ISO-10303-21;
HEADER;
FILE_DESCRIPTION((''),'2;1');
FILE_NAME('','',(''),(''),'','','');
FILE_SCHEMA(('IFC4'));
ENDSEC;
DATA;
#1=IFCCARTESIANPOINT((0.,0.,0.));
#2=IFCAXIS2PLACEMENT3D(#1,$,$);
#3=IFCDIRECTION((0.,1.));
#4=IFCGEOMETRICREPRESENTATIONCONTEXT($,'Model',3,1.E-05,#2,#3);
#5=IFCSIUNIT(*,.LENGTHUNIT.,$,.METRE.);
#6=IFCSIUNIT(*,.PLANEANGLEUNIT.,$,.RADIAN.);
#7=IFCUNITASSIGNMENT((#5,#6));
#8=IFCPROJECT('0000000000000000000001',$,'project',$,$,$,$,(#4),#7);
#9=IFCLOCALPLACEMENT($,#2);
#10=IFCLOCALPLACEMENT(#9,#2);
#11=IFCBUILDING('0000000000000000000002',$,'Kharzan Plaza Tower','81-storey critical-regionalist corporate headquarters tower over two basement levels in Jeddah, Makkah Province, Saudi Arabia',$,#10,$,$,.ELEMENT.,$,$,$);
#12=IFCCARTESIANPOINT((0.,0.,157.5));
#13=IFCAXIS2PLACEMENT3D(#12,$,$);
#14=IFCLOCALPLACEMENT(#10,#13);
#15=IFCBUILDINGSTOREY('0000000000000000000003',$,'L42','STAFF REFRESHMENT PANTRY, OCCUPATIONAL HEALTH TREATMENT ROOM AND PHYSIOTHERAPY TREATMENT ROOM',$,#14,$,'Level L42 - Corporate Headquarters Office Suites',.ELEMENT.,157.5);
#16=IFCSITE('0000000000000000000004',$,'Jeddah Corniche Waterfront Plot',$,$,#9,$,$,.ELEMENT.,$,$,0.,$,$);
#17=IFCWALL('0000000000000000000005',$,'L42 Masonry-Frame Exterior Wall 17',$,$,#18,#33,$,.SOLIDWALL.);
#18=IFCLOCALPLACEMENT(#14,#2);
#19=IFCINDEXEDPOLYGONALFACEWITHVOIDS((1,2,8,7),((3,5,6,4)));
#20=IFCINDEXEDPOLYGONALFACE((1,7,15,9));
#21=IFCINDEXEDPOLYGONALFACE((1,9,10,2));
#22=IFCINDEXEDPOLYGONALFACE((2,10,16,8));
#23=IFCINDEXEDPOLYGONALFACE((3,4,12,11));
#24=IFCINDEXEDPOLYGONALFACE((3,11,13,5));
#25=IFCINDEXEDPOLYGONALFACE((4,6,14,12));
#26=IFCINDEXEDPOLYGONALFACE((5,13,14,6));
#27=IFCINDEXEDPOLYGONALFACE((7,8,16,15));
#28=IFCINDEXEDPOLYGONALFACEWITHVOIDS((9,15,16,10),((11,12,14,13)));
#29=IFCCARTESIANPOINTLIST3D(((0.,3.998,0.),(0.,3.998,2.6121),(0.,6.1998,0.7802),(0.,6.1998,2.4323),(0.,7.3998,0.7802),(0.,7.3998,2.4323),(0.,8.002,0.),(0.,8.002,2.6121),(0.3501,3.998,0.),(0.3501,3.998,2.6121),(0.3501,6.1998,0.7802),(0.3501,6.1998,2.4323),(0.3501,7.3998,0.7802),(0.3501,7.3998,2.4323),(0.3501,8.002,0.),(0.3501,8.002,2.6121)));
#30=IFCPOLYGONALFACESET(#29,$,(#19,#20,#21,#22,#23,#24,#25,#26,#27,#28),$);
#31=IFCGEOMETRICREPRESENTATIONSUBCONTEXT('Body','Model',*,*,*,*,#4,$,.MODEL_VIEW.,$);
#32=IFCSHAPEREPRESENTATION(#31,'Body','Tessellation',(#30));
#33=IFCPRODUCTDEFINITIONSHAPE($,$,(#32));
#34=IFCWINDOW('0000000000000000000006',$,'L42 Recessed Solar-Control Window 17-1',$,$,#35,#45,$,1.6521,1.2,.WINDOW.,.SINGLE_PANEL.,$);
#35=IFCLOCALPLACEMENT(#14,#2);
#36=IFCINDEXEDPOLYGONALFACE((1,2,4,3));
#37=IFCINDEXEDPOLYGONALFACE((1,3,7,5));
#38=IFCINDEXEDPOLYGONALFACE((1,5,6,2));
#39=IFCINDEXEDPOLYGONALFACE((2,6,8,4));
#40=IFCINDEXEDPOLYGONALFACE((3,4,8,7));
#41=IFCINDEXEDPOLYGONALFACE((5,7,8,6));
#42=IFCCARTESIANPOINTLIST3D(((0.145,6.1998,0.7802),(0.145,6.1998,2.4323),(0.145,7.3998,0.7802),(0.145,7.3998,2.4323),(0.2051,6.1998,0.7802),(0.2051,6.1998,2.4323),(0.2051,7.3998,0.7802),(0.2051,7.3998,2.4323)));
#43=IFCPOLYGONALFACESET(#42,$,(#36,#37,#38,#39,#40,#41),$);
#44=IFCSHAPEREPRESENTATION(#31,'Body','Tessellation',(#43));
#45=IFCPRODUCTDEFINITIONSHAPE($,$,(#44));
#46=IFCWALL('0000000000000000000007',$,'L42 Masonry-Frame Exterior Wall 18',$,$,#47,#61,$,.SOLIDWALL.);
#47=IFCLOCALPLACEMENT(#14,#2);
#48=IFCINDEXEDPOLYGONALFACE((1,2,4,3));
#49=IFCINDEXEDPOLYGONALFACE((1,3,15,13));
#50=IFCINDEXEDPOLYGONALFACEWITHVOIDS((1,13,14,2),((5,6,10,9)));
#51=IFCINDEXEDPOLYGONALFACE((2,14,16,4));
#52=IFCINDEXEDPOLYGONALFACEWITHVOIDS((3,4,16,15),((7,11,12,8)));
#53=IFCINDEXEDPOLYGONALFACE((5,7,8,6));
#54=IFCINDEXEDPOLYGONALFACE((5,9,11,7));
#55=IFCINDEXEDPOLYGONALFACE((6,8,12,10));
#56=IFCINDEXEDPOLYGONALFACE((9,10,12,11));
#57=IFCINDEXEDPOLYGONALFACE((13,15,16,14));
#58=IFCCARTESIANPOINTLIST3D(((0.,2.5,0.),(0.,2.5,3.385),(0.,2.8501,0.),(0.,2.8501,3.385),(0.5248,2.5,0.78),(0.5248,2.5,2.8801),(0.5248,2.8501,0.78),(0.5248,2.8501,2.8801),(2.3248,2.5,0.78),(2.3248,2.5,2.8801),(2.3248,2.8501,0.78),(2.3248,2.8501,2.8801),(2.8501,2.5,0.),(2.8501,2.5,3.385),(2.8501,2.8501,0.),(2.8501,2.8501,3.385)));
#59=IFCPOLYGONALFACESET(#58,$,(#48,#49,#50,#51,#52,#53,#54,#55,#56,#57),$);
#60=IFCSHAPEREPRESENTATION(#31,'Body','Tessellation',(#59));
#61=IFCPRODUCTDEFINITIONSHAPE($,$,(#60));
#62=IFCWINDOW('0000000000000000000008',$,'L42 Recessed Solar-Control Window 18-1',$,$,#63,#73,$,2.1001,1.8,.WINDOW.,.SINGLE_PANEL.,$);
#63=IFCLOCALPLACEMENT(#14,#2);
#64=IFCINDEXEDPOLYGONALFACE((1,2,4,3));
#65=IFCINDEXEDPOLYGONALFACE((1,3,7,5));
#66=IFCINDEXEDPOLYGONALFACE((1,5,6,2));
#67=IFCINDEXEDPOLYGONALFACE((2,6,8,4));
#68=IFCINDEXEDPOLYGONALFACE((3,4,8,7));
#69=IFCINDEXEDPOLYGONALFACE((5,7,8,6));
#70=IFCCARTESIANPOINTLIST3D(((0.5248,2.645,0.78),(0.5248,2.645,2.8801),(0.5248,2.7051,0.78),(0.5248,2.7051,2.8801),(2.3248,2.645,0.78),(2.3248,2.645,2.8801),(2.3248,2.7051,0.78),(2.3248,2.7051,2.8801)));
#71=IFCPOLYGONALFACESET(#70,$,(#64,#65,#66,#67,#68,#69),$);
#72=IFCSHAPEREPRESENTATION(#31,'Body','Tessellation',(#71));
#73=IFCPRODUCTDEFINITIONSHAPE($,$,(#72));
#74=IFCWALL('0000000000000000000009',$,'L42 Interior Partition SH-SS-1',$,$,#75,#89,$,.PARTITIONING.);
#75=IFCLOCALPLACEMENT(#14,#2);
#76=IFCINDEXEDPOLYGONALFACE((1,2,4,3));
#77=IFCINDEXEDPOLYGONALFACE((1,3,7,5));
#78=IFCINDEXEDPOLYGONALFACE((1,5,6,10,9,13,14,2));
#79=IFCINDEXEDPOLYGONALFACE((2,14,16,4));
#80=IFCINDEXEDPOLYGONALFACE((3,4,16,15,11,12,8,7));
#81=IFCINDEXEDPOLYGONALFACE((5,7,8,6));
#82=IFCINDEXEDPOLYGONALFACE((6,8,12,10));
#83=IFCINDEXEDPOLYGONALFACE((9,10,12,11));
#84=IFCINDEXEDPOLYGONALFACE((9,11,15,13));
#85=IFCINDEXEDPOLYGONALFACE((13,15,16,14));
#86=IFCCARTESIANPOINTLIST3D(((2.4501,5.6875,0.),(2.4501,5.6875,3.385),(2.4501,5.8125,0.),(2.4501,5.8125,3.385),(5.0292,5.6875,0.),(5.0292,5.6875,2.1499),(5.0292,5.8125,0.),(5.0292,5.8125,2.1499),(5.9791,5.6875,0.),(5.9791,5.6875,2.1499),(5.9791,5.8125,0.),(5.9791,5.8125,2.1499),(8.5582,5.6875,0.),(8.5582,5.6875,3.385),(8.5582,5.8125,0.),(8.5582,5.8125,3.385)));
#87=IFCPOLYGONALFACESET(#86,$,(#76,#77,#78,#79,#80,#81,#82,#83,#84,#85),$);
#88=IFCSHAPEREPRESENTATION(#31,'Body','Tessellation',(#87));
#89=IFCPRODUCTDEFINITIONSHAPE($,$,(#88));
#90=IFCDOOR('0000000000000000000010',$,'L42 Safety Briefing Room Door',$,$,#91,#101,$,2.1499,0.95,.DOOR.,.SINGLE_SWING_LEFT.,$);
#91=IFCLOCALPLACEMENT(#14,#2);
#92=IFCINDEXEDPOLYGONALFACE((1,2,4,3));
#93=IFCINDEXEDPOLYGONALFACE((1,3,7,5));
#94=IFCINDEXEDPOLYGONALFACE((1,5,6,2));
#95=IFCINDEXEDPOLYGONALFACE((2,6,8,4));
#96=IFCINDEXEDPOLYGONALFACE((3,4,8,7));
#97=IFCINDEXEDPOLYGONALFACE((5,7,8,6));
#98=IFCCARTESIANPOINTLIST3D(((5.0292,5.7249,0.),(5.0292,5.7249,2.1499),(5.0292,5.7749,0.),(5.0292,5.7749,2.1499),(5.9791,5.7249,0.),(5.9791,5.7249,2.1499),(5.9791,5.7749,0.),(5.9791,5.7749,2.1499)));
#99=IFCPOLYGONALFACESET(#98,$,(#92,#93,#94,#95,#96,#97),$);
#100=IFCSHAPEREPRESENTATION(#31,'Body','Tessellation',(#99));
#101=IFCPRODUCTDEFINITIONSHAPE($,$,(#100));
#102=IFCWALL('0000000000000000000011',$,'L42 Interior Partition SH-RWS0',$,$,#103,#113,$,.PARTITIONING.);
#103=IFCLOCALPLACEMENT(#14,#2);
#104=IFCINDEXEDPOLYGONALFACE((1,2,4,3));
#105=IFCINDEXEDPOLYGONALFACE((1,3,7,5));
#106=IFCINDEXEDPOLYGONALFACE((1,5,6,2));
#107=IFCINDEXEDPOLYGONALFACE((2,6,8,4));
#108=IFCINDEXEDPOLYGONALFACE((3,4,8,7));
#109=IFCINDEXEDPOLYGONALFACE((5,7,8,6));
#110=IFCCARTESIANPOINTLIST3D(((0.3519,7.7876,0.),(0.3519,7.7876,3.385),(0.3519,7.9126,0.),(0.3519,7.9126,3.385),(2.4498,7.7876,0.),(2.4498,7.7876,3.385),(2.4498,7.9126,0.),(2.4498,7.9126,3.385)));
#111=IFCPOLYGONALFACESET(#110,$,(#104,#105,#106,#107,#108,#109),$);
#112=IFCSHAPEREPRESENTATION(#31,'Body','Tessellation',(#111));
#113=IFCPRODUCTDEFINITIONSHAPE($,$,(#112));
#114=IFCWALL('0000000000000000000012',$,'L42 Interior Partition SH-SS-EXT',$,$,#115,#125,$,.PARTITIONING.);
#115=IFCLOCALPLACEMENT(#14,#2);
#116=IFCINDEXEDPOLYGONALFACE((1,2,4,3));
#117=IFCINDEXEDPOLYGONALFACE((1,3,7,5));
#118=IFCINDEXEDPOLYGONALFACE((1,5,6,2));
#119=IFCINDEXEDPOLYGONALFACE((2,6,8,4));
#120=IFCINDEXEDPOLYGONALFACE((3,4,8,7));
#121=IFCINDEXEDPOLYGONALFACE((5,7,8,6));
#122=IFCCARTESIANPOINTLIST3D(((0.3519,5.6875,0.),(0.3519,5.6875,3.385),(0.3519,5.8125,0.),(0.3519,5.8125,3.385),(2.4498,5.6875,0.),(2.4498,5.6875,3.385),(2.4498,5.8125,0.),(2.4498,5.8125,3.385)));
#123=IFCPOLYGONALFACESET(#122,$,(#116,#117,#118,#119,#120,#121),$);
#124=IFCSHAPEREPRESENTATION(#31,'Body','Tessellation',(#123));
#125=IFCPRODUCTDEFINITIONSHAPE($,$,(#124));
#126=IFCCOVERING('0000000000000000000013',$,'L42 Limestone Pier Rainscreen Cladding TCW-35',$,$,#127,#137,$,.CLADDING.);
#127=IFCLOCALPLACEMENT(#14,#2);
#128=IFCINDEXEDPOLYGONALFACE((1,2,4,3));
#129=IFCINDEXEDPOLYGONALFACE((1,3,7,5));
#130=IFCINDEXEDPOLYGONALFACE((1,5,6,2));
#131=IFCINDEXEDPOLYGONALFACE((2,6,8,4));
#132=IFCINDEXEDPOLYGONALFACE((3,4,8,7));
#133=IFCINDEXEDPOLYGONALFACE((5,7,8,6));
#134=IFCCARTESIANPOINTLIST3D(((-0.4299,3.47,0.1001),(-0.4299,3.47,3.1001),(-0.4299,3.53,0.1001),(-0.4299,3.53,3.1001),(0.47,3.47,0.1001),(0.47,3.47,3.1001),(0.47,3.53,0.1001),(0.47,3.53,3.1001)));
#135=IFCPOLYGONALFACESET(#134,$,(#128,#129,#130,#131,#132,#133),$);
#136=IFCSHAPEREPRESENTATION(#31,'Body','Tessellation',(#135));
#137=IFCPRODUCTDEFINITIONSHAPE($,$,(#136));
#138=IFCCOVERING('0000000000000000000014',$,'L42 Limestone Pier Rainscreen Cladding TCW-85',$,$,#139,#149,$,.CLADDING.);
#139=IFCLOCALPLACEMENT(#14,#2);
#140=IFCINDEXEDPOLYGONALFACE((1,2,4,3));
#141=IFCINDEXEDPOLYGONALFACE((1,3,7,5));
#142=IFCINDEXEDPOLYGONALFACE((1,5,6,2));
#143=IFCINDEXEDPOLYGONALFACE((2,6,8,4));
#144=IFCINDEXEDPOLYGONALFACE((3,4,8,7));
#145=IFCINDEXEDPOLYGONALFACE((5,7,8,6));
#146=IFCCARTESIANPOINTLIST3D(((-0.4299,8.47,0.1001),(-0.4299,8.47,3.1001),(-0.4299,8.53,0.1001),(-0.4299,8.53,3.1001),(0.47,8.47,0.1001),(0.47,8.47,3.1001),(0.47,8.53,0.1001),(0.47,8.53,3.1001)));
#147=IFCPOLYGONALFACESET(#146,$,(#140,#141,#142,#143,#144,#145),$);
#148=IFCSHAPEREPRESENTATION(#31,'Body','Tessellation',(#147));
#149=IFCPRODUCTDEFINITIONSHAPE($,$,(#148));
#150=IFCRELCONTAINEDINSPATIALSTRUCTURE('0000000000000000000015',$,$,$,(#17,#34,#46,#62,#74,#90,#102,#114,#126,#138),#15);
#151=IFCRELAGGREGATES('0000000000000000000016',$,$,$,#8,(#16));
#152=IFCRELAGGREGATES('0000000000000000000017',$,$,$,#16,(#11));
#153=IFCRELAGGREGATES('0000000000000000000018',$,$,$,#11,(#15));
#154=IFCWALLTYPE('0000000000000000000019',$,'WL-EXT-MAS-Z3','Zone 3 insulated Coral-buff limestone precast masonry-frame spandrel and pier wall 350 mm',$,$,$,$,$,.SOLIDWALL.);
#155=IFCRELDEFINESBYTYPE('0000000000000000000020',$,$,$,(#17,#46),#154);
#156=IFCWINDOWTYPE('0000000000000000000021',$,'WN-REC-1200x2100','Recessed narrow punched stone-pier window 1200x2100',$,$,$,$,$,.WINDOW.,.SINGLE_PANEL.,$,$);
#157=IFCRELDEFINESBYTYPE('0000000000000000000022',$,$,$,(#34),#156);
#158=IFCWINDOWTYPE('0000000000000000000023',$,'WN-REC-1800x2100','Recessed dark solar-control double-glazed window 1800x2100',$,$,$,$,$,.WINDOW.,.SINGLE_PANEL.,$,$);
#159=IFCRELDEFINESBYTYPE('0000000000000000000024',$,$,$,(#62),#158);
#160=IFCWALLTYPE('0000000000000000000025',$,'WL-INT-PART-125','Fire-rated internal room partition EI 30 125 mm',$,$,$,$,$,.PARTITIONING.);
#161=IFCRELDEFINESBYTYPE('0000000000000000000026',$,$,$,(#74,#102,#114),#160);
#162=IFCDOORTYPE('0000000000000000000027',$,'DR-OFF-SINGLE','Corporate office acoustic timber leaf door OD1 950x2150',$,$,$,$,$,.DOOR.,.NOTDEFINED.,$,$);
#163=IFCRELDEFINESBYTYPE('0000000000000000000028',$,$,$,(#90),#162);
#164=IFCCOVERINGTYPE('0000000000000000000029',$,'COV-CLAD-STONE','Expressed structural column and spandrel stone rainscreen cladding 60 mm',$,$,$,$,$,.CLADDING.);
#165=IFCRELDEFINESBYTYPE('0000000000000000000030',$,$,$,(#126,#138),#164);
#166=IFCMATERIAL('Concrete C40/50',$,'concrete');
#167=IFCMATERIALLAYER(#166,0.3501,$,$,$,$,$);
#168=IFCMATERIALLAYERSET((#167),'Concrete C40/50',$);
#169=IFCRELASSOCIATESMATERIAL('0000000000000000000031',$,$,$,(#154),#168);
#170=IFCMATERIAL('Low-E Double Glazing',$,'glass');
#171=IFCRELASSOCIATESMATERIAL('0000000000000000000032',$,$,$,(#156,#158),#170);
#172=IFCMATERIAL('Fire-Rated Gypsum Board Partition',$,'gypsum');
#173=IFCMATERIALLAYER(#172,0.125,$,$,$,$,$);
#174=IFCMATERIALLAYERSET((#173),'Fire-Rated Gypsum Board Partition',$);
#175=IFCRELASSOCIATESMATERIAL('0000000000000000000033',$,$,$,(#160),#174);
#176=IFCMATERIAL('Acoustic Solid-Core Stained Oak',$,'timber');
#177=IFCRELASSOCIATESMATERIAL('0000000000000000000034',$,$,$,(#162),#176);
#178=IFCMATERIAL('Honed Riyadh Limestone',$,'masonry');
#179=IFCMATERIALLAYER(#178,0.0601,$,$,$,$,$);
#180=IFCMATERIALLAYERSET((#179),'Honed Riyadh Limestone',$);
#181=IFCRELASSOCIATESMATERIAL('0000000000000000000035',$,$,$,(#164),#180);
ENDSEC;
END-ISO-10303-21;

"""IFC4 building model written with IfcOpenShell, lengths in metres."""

from ifc_helpers import new_model, si_unit, direction, frame, frame_2d, origin, origin_2d, place, context, subcontext, project, spatial, rectangle, extrude, source, transform, mapped, material, layer, layer_set, type_object, element, fill, save


model = new_model("IFC4")

# Units and contexts
model_context = context("Model", 3, precision=1e-05, world=origin(), true_north=direction((0.0, 1.0)))
body_context = subcontext(model_context, "Body", "Model", "MODEL_VIEW")
ifc_project = project(units=[si_unit("LENGTHUNIT", "METRE"), si_unit("PLANEANGLEUNIT", "RADIAN")], contexts=[model_context])

# Site, building, storey
site_placement = place(None, origin())
site = spatial("IfcSite", under=ifc_project, at=site_placement, Name="Jeddah Corniche Waterfront Plot", CompositionType="ELEMENT", RefElevation=0.0)
building_placement = place(site_placement, origin())
building = spatial("IfcBuilding", under=site, at=building_placement, Name="Kharzan Plaza Tower", Description="81-storey critical-regionalist corporate headquarters tower over two basement levels in Jeddah, Makkah Province, Saudi Arabia", CompositionType="ELEMENT")
storey_placement = place(building_placement, frame((0.0, 0.0, 157.5)))
storey = spatial("IfcBuildingStorey", under=building, at=storey_placement, Name="L42", Description="STAFF REFRESHMENT PANTRY, OCCUPATIONAL HEALTH TREATMENT ROOM AND PHYSIOTHERAPY TREATMENT ROOM", LongName="Level L42 - Corporate Headquarters Office Suites", CompositionType="ELEMENT", Elevation=157.5)

# Shared definitions
ifc_material_1 = material(Name="Concrete C40/50", Category="concrete")

# Walls, openings, windows
ifc_layer_1 = layer(ifc_material_1, 0.3501)
ifc_layer_set_1 = layer_set([ifc_layer_1], Name="Concrete C40/50")
wall_type_1 = type_object("IfcWallType", Name="WL-EXT-MAS-Z3", Description="Zone 3 insulated Coral-buff limestone precast masonry-frame spandrel and pier wall 350 mm", PredefinedType="SOLIDWALL", material=ifc_layer_set_1)
wall_1_placement = place(storey_placement, frame((0.175, 8.002, 0.0), z_axis=(0.0, 0.0, 1.0), x_axis=(0.0, -1.0, 0.0)))
wall_1 = element("IfcWall", 1, at=wall_1_placement, inside=storey, type_object=wall_type_1, Name="L42 Masonry-Frame Exterior Wall 17", PredefinedType="SOLIDWALL", context=body_context, shape_type="SweptSolid", body=[
    extrude(rectangle(XDim=4.0039, YDim=0.3501, at=frame_2d((2.002, 0.0))), origin(), (0.0, 0.0, 1.0), 2.6121),
])
opening_1_placement = place(wall_1_placement, frame((0.6021, 0.0, 0.78)))
opening_1 = element("IfcOpeningElement", 2, at=opening_1_placement, cuts=wall_1, PredefinedType="OPENING", context=body_context, shape_type="SweptSolid", body=[
    extrude(rectangle(XDim=1.2, YDim=1.6521, at=frame_2d((0.6001, 0.8262))), frame((0.0, 0.1851, 0.0), z_axis=(0.0, -1.0, 0.0), x_axis=(1.0, 0.0, 0.0)), (0.0, 0.0, 1.0), 0.3701),
])
ifc_material_2 = material(Name="Low-E Double Glazing", Category="glass")
window_type_1 = type_object("IfcWindowType", Name="WN-REC-1200x2100", Description="Recessed narrow punched stone-pier window 1200x2100", PartitioningType="SINGLE_PANEL", PredefinedType="WINDOW", material=ifc_material_2)
shared_shape_1 = source(origin(), body_context, "Body", "SweptSolid", [
    extrude(rectangle(XDim=1.2, YDim=1.6521, at=frame_2d((0.6001, 0.8262))), frame((0.0, 0.03, 0.0), z_axis=(0.0, -1.0, 0.0), x_axis=(1.0, 0.0, 0.0)), (0.0, 0.0, 1.0), 0.0601),
])
window_1_placement = place(opening_1_placement, origin())
window_1 = element("IfcWindow", 3, at=window_1_placement, inside=storey, type_object=window_type_1, Name="L42 Recessed Solar-Control Window 17-1", OverallHeight=1.6521, OverallWidth=1.2, PartitioningType="SINGLE_PANEL", PredefinedType="WINDOW", context=body_context, shape_type="MappedRepresentation", body=[
    mapped(shared_shape_1, transform((0.0, 0.0, 0.0), x_axis=(1.0, 0.0, 0.0), y_axis=(0.0, 1.0, 0.0), z_axis=(0.0, 0.0, 1.0))),
])
fill(opening_1, window_1)
wall_2_placement = place(storey_placement, frame((0.0, 2.675, 0.0), z_axis=(0.0, 0.0, 1.0), x_axis=(1.0, 0.0, 0.0)))
wall_2 = element("IfcWall", 4, at=wall_2_placement, inside=storey, type_object=wall_type_1, Name="L42 Masonry-Frame Exterior Wall 18", PredefinedType="SOLIDWALL", context=body_context, shape_type="SweptSolid", body=[
    extrude(rectangle(XDim=2.8501, YDim=0.3501, at=frame_2d((1.425, 0.0))), origin(), (0.0, 0.0, 1.0), 3.385),
])
opening_2_placement = place(wall_2_placement, frame((0.5249, 0.0, 0.78)))
opening_2 = element("IfcOpeningElement", 5, at=opening_2_placement, cuts=wall_2, PredefinedType="OPENING", context=body_context, shape_type="SweptSolid", body=[
    extrude(rectangle(XDim=1.8, YDim=2.1001, at=frame_2d((0.8999, 1.05))), frame((0.0, 0.1851, 0.0), z_axis=(0.0, -1.0, 0.0), x_axis=(1.0, 0.0, 0.0)), (0.0, 0.0, 1.0), 0.3701),
])
window_type_2 = type_object("IfcWindowType", Name="WN-REC-1800x2100", Description="Recessed dark solar-control double-glazed window 1800x2100", PartitioningType="SINGLE_PANEL", PredefinedType="WINDOW", material=ifc_material_2)
shared_shape_2 = source(origin(), body_context, "Body", "SweptSolid", [
    extrude(rectangle(XDim=1.8, YDim=2.1001, at=frame_2d((0.8999, 1.05))), frame((0.0, 0.03, 0.0), z_axis=(0.0, -1.0, 0.0), x_axis=(1.0, 0.0, 0.0)), (0.0, 0.0, 1.0), 0.0601),
])
window_2_placement = place(opening_2_placement, origin())
window_2 = element("IfcWindow", 6, at=window_2_placement, inside=storey, type_object=window_type_2, Name="L42 Recessed Solar-Control Window 18-1", OverallHeight=2.1001, OverallWidth=1.8, PartitioningType="SINGLE_PANEL", PredefinedType="WINDOW", context=body_context, shape_type="MappedRepresentation", body=[
    mapped(shared_shape_2, transform((0.0, 0.0, 0.0), x_axis=(1.0, 0.0, 0.0), y_axis=(0.0, 1.0, 0.0), z_axis=(0.0, 0.0, 1.0))),
])
fill(opening_2, window_2)

# Wall, opening, door
ifc_material_3 = material(Name="Fire-Rated Gypsum Board Partition", Category="gypsum")
ifc_layer_2 = layer(ifc_material_3, 0.125)
ifc_layer_set_2 = layer_set([ifc_layer_2], Name="Fire-Rated Gypsum Board Partition")
wall_type_2 = type_object("IfcWallType", Name="WL-INT-PART-125", Description="Fire-rated internal room partition EI 30 125 mm", PredefinedType="PARTITIONING", material=ifc_layer_set_2)
wall_3_placement = place(storey_placement, frame((2.45, 5.75, 0.0), z_axis=(0.0, 0.0, 1.0), x_axis=(1.0, 0.0, 0.0)))
wall_3 = element("IfcWall", 7, at=wall_3_placement, inside=storey, type_object=wall_type_2, Name="L42 Interior Partition SH-SS-1", PredefinedType="PARTITIONING", context=body_context, shape_type="SweptSolid", body=[
    extrude(rectangle(XDim=6.1082, YDim=0.125, at=frame_2d((3.0542, 0.0))), origin(), (0.0, 0.0, 1.0), 3.385),
])
opening_3_placement = place(wall_3_placement, frame((2.5791, 0.0, 0.0)))
opening_3 = element("IfcOpeningElement", 8, at=opening_3_placement, cuts=wall_3, PredefinedType="OPENING", context=body_context, shape_type="SweptSolid", body=[
    extrude(rectangle(XDim=0.95, YDim=2.1499, at=frame_2d((0.4751, 1.075))), frame((0.0, 0.0725, 0.0), z_axis=(0.0, -1.0, 0.0), x_axis=(1.0, 0.0, 0.0)), (0.0, 0.0, 1.0), 0.145),
])
ifc_material_4 = material(Name="Acoustic Solid-Core Stained Oak", Category="timber")
door_type = type_object("IfcDoorType", Name="DR-OFF-SINGLE", Description="Corporate office acoustic timber leaf door OD1 950x2150", OperationType="NOTDEFINED", PredefinedType="DOOR", material=ifc_material_4)
shared_shape_3 = source(origin(), body_context, "Body", "SweptSolid", [
    extrude(rectangle(XDim=0.95, YDim=2.1499, at=frame_2d((0.4751, 1.075))), frame((0.0, 0.0249, 0.0), z_axis=(0.0, -1.0, 0.0), x_axis=(1.0, 0.0, 0.0)), (0.0, 0.0, 1.0), 0.05),
])
door_placement = place(opening_3_placement, origin())
door = element("IfcDoor", 9, at=door_placement, inside=storey, type_object=door_type, Name="L42 Safety Briefing Room Door", OperationType="SINGLE_SWING_LEFT", OverallHeight=2.1499, OverallWidth=0.95, PredefinedType="DOOR", context=body_context, shape_type="MappedRepresentation", body=[
    mapped(shared_shape_3, transform((0.0, 0.0, 0.0), x_axis=(1.0, 0.0, 0.0), y_axis=(0.0, 1.0, 0.0), z_axis=(0.0, 0.0, 1.0))),
])
fill(opening_3, door)

# Walls
shared_shape_4 = source(origin(), body_context, "Body", "SweptSolid", [
    extrude(rectangle(XDim=2.0979, YDim=0.125, at=frame_2d((1.0488, 0.0))), origin(), (0.0, 0.0, 1.0), 3.385),
])
for number, where, z_axis, x_axis, name in (
    (10, (0.3521, 7.8501, 0.0), (0.0, 0.0, 1.0), (1.0, 0.0, 0.0), "L42 Interior Partition SH-RWS0"),
    (11, (0.3521, 5.75, 0.0), (0.0, 0.0, 1.0), (1.0, 0.0, 0.0), "L42 Interior Partition SH-SS-EXT"),
):
    element("IfcWall", number, at=place(storey_placement, frame(where, z_axis=z_axis, x_axis=x_axis)), inside=storey, type_object=wall_type_2, Name=name, PredefinedType="PARTITIONING", context=body_context, shape_type="MappedRepresentation", body=[
        mapped(shared_shape_4, transform((0.0, 0.0, 0.0), x_axis=(1.0, 0.0, 0.0), y_axis=(0.0, 1.0, 0.0), z_axis=(0.0, 0.0, 1.0))),
    ])

# Coverings
ifc_material_5 = material(Name="Honed Riyadh Limestone", Category="masonry")
ifc_layer_3 = layer(ifc_material_5, 0.0601)
ifc_layer_set_3 = layer_set([ifc_layer_3], Name="Honed Riyadh Limestone")
covering_type = type_object("IfcCoveringType", Name="COV-CLAD-STONE", Description="Expressed structural column and spandrel stone rainscreen cladding 60 mm", PredefinedType="CLADDING", material=ifc_layer_set_3)
shared_shape_5 = source(origin(), body_context, "Body", "SweptSolid", [
    extrude(rectangle(XDim=0.0601, YDim=0.8999, at=origin_2d()), origin(), (0.0, 0.0, 1.0), 3.0),
])
for number, where, z_axis, x_axis, name in (
    (12, (0.02, 3.5, 0.1001), (0.0, 0.0, 1.0), (0.0, 1.0, 0.0), "L42 Limestone Pier Rainscreen Cladding TCW-35"),
    (13, (0.02, 8.5, 0.1001), (0.0, 0.0, 1.0), (0.0, 1.0, 0.0), "L42 Limestone Pier Rainscreen Cladding TCW-85"),
):
    element("IfcCovering", number, at=place(storey_placement, frame(where, z_axis=z_axis, x_axis=x_axis)), inside=storey, type_object=covering_type, Name=name, PredefinedType="CLADDING", context=body_context, shape_type="MappedRepresentation", body=[
        mapped(shared_shape_5, transform((0.0, 0.0, 0.0), x_axis=(1.0, 0.0, 0.0), y_axis=(0.0, 1.0, 0.0), z_axis=(0.0, 0.0, 1.0))),
    ])

save(model, "model.ifc")
